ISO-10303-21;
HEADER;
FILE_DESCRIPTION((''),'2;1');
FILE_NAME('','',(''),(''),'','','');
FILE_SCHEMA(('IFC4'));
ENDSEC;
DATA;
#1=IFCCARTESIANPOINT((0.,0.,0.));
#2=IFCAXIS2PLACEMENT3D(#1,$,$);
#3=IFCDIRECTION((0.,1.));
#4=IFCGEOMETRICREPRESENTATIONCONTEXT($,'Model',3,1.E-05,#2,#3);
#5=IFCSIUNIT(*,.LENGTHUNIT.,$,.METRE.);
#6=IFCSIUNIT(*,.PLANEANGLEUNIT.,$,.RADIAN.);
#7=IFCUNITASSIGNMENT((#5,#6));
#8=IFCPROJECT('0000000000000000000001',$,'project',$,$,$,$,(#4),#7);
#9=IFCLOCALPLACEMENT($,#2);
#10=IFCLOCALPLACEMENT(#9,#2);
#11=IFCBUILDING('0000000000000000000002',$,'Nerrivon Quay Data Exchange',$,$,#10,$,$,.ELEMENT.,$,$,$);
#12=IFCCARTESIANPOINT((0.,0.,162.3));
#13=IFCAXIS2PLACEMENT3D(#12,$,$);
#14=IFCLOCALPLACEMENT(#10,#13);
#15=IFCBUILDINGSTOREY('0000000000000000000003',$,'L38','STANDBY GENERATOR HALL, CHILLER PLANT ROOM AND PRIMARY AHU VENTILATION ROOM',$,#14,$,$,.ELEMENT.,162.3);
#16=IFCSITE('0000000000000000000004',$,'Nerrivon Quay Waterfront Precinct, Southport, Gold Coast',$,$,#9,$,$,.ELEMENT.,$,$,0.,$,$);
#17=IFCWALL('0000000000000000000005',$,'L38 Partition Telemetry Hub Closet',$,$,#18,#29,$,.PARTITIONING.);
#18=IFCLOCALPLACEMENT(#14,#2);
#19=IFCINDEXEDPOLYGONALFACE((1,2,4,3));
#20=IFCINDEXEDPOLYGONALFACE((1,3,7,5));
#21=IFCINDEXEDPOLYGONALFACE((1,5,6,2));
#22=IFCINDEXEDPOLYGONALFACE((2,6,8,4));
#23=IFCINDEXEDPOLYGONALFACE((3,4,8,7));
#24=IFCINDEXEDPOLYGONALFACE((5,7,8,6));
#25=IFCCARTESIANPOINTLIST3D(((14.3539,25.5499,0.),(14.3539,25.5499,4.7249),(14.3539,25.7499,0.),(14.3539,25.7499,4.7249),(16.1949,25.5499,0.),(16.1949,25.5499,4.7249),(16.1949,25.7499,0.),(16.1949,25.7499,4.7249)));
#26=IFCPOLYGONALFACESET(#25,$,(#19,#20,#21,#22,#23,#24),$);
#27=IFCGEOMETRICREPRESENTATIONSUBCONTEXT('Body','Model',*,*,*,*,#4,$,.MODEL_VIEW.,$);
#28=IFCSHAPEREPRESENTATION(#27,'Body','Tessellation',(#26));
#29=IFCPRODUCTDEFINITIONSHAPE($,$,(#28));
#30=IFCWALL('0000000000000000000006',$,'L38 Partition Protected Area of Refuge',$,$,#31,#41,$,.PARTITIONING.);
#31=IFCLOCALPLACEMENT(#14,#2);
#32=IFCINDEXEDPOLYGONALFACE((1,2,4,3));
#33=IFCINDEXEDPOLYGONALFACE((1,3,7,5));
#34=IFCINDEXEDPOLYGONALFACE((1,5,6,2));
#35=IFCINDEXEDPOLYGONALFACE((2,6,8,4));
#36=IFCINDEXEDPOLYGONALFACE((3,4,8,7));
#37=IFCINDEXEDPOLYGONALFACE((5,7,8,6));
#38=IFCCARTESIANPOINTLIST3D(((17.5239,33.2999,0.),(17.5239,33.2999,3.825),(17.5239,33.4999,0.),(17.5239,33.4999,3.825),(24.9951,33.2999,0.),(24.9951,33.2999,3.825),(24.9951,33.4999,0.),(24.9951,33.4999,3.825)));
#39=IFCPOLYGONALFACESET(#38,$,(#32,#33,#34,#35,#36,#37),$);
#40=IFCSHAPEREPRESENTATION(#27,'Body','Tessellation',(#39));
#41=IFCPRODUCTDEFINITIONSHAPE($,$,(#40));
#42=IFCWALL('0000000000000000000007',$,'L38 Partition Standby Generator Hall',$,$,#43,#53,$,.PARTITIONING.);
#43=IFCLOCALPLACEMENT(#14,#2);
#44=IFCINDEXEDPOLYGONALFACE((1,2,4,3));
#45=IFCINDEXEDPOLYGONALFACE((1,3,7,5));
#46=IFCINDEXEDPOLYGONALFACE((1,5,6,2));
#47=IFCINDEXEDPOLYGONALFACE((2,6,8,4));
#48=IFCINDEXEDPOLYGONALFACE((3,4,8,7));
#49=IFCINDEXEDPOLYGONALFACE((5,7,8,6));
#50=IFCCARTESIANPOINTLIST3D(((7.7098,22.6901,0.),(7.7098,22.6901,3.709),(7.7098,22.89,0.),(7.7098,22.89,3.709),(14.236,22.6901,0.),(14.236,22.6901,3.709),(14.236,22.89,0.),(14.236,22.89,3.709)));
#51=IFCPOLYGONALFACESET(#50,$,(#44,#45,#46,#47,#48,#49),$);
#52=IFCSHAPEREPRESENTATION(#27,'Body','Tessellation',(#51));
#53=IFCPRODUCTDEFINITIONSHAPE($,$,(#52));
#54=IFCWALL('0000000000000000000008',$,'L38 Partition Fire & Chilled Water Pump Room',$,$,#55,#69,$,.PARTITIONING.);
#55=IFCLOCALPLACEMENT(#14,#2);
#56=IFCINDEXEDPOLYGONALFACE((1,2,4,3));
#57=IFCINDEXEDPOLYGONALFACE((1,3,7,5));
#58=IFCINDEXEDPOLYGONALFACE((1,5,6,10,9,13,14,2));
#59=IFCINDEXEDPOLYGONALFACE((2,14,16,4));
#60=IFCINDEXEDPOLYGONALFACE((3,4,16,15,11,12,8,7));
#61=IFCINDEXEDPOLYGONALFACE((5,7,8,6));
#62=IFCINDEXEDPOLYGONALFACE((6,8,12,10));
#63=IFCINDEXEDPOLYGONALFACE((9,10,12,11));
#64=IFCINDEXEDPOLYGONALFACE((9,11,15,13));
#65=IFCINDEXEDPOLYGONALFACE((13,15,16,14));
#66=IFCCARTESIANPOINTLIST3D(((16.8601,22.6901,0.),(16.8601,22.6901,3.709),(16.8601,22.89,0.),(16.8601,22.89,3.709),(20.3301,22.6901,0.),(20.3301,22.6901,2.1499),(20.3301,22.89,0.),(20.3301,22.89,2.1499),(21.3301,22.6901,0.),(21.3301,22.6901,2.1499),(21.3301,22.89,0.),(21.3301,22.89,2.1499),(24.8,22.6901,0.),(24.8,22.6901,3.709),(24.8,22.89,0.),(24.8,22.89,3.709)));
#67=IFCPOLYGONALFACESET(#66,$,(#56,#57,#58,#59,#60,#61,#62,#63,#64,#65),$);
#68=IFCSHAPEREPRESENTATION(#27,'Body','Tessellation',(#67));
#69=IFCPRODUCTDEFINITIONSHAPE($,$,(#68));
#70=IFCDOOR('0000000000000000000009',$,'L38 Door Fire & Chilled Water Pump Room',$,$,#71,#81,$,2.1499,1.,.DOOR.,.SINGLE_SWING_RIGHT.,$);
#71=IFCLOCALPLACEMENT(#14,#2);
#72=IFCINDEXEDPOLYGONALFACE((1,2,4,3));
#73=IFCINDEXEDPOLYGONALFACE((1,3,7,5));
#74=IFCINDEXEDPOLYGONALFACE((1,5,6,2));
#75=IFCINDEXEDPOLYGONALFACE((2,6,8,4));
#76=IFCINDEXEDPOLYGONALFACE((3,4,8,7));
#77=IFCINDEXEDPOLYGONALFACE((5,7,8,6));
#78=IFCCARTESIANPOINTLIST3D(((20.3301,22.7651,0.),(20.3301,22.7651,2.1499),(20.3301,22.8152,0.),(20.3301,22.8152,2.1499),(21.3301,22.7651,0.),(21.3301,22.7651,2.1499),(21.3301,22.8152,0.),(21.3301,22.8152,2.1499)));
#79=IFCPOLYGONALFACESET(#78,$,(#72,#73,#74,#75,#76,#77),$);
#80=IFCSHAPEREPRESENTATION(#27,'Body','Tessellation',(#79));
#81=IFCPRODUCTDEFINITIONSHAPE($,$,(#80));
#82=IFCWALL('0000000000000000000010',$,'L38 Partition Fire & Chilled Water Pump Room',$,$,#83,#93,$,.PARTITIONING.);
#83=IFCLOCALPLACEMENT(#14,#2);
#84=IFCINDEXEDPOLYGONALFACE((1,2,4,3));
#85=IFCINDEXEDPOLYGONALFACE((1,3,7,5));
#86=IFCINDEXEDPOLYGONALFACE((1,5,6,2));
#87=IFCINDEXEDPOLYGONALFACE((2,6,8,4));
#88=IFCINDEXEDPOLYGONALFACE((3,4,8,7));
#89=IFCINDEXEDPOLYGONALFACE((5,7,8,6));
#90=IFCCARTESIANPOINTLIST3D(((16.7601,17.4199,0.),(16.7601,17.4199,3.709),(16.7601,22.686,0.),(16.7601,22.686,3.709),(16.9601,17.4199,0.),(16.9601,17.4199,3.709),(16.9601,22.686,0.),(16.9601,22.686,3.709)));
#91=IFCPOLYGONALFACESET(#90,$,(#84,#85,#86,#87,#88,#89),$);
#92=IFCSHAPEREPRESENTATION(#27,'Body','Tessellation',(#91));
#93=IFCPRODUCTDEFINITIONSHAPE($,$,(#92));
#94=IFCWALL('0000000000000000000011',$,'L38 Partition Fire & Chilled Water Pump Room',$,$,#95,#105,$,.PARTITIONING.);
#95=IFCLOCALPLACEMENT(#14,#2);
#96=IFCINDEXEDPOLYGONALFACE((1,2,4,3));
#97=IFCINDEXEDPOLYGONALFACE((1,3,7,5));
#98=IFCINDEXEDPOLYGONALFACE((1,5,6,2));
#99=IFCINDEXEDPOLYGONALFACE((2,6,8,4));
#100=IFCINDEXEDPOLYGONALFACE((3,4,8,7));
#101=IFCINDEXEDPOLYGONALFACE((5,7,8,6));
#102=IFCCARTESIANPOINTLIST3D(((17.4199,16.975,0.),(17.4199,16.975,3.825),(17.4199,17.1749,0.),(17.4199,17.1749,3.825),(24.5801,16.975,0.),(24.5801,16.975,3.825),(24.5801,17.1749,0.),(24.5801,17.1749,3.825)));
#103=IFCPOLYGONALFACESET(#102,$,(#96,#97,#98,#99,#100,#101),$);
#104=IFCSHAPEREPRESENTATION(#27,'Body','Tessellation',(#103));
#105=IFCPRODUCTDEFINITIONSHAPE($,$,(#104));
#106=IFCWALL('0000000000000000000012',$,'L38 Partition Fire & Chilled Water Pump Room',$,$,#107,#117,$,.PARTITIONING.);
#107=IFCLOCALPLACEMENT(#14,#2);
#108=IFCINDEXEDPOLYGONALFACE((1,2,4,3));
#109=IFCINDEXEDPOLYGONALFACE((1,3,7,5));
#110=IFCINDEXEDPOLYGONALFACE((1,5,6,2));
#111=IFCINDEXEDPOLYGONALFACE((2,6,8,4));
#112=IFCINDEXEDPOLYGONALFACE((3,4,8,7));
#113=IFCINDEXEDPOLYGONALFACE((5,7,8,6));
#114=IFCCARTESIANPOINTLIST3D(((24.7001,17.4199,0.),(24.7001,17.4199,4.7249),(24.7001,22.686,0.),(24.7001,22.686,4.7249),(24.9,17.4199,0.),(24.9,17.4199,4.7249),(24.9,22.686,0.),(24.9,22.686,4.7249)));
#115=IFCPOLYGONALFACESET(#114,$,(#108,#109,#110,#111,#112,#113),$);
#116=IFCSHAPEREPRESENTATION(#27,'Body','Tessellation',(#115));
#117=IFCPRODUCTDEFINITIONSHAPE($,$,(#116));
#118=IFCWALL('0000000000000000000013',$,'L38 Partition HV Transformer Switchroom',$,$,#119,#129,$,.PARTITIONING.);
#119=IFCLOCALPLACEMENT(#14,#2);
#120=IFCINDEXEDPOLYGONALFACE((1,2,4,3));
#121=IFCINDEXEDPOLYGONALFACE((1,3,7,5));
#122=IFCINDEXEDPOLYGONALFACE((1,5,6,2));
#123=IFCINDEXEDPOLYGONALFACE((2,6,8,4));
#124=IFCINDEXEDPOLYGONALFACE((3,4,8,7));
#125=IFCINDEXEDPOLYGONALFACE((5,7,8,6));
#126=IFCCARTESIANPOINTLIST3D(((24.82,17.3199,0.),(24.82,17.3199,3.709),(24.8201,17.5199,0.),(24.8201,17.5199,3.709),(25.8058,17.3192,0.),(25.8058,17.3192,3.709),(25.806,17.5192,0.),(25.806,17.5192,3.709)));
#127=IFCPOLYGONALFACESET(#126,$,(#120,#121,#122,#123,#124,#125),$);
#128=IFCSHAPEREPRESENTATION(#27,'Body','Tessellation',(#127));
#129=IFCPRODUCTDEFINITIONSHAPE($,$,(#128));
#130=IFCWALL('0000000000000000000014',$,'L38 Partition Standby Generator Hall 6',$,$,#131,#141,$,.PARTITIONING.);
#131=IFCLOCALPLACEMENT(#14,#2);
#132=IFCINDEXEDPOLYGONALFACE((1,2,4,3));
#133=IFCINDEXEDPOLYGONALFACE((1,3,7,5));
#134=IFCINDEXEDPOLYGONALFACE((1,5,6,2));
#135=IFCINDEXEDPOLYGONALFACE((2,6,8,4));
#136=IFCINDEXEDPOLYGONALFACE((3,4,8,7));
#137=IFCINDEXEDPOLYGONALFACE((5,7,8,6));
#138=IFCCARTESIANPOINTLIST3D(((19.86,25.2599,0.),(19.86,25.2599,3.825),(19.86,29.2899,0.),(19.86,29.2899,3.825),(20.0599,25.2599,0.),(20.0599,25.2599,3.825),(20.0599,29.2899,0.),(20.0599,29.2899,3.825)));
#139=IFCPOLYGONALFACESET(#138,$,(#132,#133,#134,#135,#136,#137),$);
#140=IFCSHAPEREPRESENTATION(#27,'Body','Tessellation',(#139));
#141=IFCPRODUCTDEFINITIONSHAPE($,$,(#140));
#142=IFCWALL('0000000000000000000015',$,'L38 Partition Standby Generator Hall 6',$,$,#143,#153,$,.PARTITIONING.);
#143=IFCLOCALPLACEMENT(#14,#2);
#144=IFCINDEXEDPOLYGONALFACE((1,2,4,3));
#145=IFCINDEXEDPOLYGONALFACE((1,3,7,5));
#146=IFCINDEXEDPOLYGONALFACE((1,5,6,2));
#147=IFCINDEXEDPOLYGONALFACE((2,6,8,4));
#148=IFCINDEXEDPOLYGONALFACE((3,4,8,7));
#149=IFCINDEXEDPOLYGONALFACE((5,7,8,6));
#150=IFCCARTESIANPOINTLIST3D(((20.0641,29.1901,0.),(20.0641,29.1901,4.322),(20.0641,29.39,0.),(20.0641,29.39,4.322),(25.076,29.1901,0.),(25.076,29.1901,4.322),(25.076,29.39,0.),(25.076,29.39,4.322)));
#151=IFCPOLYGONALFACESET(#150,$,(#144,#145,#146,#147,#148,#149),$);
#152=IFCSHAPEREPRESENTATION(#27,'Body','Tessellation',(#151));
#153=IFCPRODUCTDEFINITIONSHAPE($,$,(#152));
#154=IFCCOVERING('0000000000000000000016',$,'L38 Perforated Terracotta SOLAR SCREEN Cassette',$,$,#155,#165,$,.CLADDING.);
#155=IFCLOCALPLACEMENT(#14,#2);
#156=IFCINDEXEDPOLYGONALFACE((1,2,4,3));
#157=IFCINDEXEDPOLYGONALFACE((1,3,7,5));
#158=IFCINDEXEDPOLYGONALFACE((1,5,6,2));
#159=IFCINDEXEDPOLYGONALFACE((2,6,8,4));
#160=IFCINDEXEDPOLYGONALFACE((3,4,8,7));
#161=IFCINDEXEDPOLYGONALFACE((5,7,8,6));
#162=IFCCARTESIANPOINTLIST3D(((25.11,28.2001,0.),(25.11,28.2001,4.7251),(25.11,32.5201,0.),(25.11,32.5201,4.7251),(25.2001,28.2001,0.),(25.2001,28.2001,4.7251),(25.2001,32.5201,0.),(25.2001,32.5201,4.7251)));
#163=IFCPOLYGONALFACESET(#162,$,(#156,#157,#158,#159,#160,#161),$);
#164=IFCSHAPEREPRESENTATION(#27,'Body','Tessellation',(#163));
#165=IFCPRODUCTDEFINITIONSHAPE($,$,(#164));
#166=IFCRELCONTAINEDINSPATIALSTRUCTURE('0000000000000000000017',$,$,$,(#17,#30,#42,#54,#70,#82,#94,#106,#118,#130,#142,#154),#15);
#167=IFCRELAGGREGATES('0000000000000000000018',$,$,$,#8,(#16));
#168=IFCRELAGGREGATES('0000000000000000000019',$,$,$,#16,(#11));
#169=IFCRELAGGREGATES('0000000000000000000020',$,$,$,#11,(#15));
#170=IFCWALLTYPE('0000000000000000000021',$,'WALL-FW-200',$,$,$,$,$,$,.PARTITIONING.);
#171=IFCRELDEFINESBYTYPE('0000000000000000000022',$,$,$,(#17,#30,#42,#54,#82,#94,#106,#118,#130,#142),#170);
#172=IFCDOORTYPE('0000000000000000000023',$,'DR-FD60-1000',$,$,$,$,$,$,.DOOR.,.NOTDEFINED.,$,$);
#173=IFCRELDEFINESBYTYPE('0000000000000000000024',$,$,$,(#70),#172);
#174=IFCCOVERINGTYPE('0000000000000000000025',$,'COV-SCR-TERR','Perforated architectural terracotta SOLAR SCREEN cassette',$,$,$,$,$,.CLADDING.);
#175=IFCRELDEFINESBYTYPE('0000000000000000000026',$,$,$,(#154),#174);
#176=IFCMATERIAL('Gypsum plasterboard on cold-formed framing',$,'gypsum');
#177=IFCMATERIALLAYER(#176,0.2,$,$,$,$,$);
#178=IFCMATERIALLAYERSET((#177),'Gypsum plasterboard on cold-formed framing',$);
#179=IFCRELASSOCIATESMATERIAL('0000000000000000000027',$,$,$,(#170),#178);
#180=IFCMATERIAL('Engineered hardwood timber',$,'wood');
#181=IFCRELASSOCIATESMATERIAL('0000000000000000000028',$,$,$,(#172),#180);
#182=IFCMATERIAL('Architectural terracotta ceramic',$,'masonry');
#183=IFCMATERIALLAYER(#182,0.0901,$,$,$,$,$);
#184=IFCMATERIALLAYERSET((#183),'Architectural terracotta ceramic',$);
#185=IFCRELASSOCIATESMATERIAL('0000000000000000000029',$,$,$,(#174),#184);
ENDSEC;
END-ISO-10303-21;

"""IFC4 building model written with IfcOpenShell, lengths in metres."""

from ifc_helpers import new_model, si_unit, direction, frame, frame_2d, origin, origin_2d, place, context, subcontext, project, spatial, rectangle, extrude, material, layer, layer_set, type_object, element, fill, save


model = new_model("IFC4")

# Units and contexts
model_context = context("Model", 3, precision=1e-05, world=origin(), true_north=direction((0.0, 1.0)))
body_context = subcontext(model_context, "Body", "Model", "MODEL_VIEW")
ifc_project = project(units=[si_unit("LENGTHUNIT", "METRE"), si_unit("PLANEANGLEUNIT", "RADIAN")], contexts=[model_context])

# Site, building, storey
site_placement = place(None, origin())
site = spatial("IfcSite", under=ifc_project, at=site_placement, Name="Nerrivon Quay Waterfront Precinct, Southport, Gold Coast", CompositionType="ELEMENT", RefElevation=0.0)
building_placement = place(site_placement, origin())
building = spatial("IfcBuilding", under=site, at=building_placement, Name="Nerrivon Quay Data Exchange", CompositionType="ELEMENT")
storey_placement = place(building_placement, frame((0.0, 0.0, 162.3)))
storey = spatial("IfcBuildingStorey", under=building, at=storey_placement, Name="L38", Description="STANDBY GENERATOR HALL, CHILLER PLANT ROOM AND PRIMARY AHU VENTILATION ROOM", CompositionType="ELEMENT", Elevation=162.3)

# Shared definitions
ifc_material_1 = material(Name="Gypsum plasterboard on cold-formed framing", Category="gypsum")
ifc_layer_1 = layer(ifc_material_1, 0.2)
ifc_layer_set_1 = layer_set([ifc_layer_1], Name="Gypsum plasterboard on cold-formed framing")
wall_type = type_object("IfcWallType", Name="WALL-FW-200", PredefinedType="PARTITIONING", material=ifc_layer_set_1)

# Shared definitions
ifc_material_2 = material(Name="Engineered hardwood timber", Category="wood")

# Walls
wall_1_placement = place(storey_placement, frame((14.354, 25.6499, 0.0), z_axis=(0.0, 0.0, 1.0), x_axis=(1.0, 0.0, 0.0)))
element("IfcWall", 1, at=wall_1_placement, inside=storey, type_object=wall_type, Name="L38 Partition Telemetry Hub Closet", PredefinedType="PARTITIONING", context=body_context, shape_type="SweptSolid", body=[
    extrude(rectangle(XDim=1.8411, YDim=0.2, at=frame_2d((0.9204, 0.0))), origin(), (0.0, 0.0, 1.0), 4.7249),
])
wall_2_placement = place(storey_placement, frame((17.5239, 33.3999, 0.0), z_axis=(0.0, 0.0, 1.0), x_axis=(1.0, 0.0, 0.0)))
element("IfcWall", 2, at=wall_2_placement, inside=storey, type_object=wall_type, Name="L38 Partition Protected Area of Refuge", PredefinedType="PARTITIONING", context=body_context, shape_type="SweptSolid", body=[
    extrude(rectangle(XDim=7.4712, YDim=0.2, at=frame_2d((3.7356, 0.0))), origin(), (0.0, 0.0, 1.0), 3.825),
])
wall_3_placement = place(storey_placement, frame((14.2361, 22.79, 0.0), z_axis=(0.0, 0.0, 1.0), x_axis=(-1.0, 0.0, 0.0)))
element("IfcWall", 3, at=wall_3_placement, inside=storey, type_object=wall_type, Name="L38 Partition Standby Generator Hall", PredefinedType="PARTITIONING", context=body_context, shape_type="SweptSolid", body=[
    extrude(rectangle(XDim=6.5261, YDim=0.2, at=frame_2d((3.2632, 0.0))), origin(), (0.0, 0.0, 1.0), 3.709),
])

# Wall, opening, door
wall_4_placement = place(storey_placement, frame((24.8, 22.79, 0.0), z_axis=(0.0, 0.0, 1.0), x_axis=(-1.0, 0.0, 0.0)))
wall_4 = element("IfcWall", 4, at=wall_4_placement, inside=storey, type_object=wall_type, Name="L38 Partition Fire & Chilled Water Pump Room", PredefinedType="PARTITIONING", context=body_context, shape_type="SweptSolid", body=[
    extrude(rectangle(XDim=7.9399, YDim=0.2, at=frame_2d((3.97, 0.0))), origin(), (0.0, 0.0, 1.0), 3.709),
])
opening_1_placement = place(wall_4_placement, frame((3.47, 0.0, 0.0)))
opening_1 = element("IfcOpeningElement", 5, at=opening_1_placement, cuts=wall_4, PredefinedType="OPENING", context=body_context, shape_type="SweptSolid", body=[
    extrude(rectangle(XDim=1.0, YDim=2.1499, at=frame_2d((0.5, 1.075))), frame((0.0, 0.1099, 0.0), z_axis=(0.0, -1.0, 0.0), x_axis=(1.0, 0.0, 0.0)), (0.0, 0.0, 1.0), 0.22),
])
door_type_1 = type_object("IfcDoorType", Name="DR-FD60-1000", OperationType="NOTDEFINED", PredefinedType="DOOR", material=ifc_material_2)
door_1_placement = place(opening_1_placement, origin())
door_1 = element("IfcDoor", 6, at=door_1_placement, inside=storey, type_object=door_type_1, Name="L38 Door Fire & Chilled Water Pump Room", OperationType="SINGLE_SWING_RIGHT", OverallHeight=2.1499, OverallWidth=1.0, PredefinedType="DOOR", context=body_context, shape_type="SweptSolid", body=[
    extrude(rectangle(XDim=1.0, YDim=2.1499, at=frame_2d((0.5, 1.075))), frame((0.0, 0.0249, 0.0), z_axis=(0.0, -1.0, 0.0), x_axis=(1.0, 0.0, 0.0)), (0.0, 0.0, 1.0), 0.05),
])
fill(opening_1, door_1)

# Walls
wall_5_placement = place(storey_placement, frame((16.8601, 22.686, 0.0), z_axis=(0.0, 0.0, 1.0), x_axis=(0.0, -1.0, 0.0)))
element("IfcWall", 7, at=wall_5_placement, inside=storey, type_object=wall_type, Name="L38 Partition Fire & Chilled Water Pump Room", PredefinedType="PARTITIONING", context=body_context, shape_type="SweptSolid", body=[
    extrude(rectangle(XDim=5.2661, YDim=0.2, at=frame_2d((2.6331, 0.0))), origin(), (0.0, 0.0, 1.0), 3.709),
])
wall_6_placement = place(storey_placement, frame((17.4199, 17.075, 0.0), z_axis=(0.0, 0.0, 1.0), x_axis=(1.0, 0.0, 0.0)))
element("IfcWall", 8, at=wall_6_placement, inside=storey, type_object=wall_type, Name="L38 Partition Fire & Chilled Water Pump Room", PredefinedType="PARTITIONING", context=body_context, shape_type="SweptSolid", body=[
    extrude(rectangle(XDim=7.1602, YDim=0.2, at=frame_2d((3.5801, 0.0))), origin(), (0.0, 0.0, 1.0), 3.825),
])
wall_7_placement = place(storey_placement, frame((24.8, 17.4199, 0.0), z_axis=(0.0, 0.0, 1.0), x_axis=(0.0, 1.0, 0.0)))
element("IfcWall", 9, at=wall_7_placement, inside=storey, type_object=wall_type, Name="L38 Partition Fire & Chilled Water Pump Room", PredefinedType="PARTITIONING", context=body_context, shape_type="SweptSolid", body=[
    extrude(rectangle(XDim=5.2661, YDim=0.2, at=frame_2d((2.6331, 0.0))), origin(), (0.0, 0.0, 1.0), 4.7249),
])
wall_8_placement = place(storey_placement, frame((24.8201, 17.4199, 0.0), z_axis=(0.0, 0.0, 1.0), x_axis=(1.0, -0.000743, 0.0)))
element("IfcWall", 10, at=wall_8_placement, inside=storey, type_object=wall_type, Name="L38 Partition HV Transformer Switchroom", PredefinedType="PARTITIONING", context=body_context, shape_type="SweptSolid", body=[
    extrude(rectangle(XDim=0.9858, YDim=0.2, at=frame_2d((0.4929, 0.0))), origin(), (0.0, 0.0, 1.0), 3.709),
])
wall_9_placement = place(storey_placement, frame((19.96, 29.29, 0.0), z_axis=(0.0, 0.0, 1.0), x_axis=(0.0, -1.0, 0.0)))
element("IfcWall", 11, at=wall_9_placement, inside=storey, type_object=wall_type, Name="L38 Partition Standby Generator Hall 6", PredefinedType="PARTITIONING", context=body_context, shape_type="SweptSolid", body=[
    extrude(rectangle(XDim=4.03, YDim=0.2, at=frame_2d((2.0151, 0.0))), origin(), (0.0, 0.0, 1.0), 3.825),
])

# Wall
wall_10_placement = place(storey_placement, frame((25.0759, 29.29, 0.0), z_axis=(0.0, 0.0, 1.0), x_axis=(-1.0, 0.0, 0.0)))
element("IfcWall", 12, at=wall_10_placement, inside=storey, type_object=wall_type, Name="L38 Partition Standby Generator Hall 6", PredefinedType="PARTITIONING", context=body_context, shape_type="SweptSolid", body=[
    extrude(rectangle(XDim=5.012, YDim=0.2, at=frame_2d((2.5059, 0.0))), origin(), (0.0, 0.0, 1.0), 4.322),
])

# Covering
ifc_material_3 = material(Name="Architectural terracotta ceramic", Category="masonry")
ifc_layer_2 = layer(ifc_material_3, 0.0901)
ifc_layer_set_2 = layer_set([ifc_layer_2], Name="Architectural terracotta ceramic")
covering_type = type_object("IfcCoveringType", Name="COV-SCR-TERR", Description="Perforated architectural terracotta SOLAR SCREEN cassette", PredefinedType="CLADDING", material=ifc_layer_set_2)
covering_placement = place(storey_placement, frame((25.155, 30.3601, 0.0), z_axis=(0.0, 0.0, 1.0), x_axis=(0.0, -1.0, 0.0)))
element("IfcCovering", 13, at=covering_placement, inside=storey, type_object=covering_type, Name="L38 Perforated Terracotta SOLAR SCREEN Cassette", PredefinedType="CLADDING", context=body_context, shape_type="SweptSolid", body=[
    extrude(rectangle(XDim=4.3201, YDim=0.0901, at=origin_2d()), origin(), (0.0, 0.0, 1.0), 4.7251),
])

save(model, "model.ifc")
